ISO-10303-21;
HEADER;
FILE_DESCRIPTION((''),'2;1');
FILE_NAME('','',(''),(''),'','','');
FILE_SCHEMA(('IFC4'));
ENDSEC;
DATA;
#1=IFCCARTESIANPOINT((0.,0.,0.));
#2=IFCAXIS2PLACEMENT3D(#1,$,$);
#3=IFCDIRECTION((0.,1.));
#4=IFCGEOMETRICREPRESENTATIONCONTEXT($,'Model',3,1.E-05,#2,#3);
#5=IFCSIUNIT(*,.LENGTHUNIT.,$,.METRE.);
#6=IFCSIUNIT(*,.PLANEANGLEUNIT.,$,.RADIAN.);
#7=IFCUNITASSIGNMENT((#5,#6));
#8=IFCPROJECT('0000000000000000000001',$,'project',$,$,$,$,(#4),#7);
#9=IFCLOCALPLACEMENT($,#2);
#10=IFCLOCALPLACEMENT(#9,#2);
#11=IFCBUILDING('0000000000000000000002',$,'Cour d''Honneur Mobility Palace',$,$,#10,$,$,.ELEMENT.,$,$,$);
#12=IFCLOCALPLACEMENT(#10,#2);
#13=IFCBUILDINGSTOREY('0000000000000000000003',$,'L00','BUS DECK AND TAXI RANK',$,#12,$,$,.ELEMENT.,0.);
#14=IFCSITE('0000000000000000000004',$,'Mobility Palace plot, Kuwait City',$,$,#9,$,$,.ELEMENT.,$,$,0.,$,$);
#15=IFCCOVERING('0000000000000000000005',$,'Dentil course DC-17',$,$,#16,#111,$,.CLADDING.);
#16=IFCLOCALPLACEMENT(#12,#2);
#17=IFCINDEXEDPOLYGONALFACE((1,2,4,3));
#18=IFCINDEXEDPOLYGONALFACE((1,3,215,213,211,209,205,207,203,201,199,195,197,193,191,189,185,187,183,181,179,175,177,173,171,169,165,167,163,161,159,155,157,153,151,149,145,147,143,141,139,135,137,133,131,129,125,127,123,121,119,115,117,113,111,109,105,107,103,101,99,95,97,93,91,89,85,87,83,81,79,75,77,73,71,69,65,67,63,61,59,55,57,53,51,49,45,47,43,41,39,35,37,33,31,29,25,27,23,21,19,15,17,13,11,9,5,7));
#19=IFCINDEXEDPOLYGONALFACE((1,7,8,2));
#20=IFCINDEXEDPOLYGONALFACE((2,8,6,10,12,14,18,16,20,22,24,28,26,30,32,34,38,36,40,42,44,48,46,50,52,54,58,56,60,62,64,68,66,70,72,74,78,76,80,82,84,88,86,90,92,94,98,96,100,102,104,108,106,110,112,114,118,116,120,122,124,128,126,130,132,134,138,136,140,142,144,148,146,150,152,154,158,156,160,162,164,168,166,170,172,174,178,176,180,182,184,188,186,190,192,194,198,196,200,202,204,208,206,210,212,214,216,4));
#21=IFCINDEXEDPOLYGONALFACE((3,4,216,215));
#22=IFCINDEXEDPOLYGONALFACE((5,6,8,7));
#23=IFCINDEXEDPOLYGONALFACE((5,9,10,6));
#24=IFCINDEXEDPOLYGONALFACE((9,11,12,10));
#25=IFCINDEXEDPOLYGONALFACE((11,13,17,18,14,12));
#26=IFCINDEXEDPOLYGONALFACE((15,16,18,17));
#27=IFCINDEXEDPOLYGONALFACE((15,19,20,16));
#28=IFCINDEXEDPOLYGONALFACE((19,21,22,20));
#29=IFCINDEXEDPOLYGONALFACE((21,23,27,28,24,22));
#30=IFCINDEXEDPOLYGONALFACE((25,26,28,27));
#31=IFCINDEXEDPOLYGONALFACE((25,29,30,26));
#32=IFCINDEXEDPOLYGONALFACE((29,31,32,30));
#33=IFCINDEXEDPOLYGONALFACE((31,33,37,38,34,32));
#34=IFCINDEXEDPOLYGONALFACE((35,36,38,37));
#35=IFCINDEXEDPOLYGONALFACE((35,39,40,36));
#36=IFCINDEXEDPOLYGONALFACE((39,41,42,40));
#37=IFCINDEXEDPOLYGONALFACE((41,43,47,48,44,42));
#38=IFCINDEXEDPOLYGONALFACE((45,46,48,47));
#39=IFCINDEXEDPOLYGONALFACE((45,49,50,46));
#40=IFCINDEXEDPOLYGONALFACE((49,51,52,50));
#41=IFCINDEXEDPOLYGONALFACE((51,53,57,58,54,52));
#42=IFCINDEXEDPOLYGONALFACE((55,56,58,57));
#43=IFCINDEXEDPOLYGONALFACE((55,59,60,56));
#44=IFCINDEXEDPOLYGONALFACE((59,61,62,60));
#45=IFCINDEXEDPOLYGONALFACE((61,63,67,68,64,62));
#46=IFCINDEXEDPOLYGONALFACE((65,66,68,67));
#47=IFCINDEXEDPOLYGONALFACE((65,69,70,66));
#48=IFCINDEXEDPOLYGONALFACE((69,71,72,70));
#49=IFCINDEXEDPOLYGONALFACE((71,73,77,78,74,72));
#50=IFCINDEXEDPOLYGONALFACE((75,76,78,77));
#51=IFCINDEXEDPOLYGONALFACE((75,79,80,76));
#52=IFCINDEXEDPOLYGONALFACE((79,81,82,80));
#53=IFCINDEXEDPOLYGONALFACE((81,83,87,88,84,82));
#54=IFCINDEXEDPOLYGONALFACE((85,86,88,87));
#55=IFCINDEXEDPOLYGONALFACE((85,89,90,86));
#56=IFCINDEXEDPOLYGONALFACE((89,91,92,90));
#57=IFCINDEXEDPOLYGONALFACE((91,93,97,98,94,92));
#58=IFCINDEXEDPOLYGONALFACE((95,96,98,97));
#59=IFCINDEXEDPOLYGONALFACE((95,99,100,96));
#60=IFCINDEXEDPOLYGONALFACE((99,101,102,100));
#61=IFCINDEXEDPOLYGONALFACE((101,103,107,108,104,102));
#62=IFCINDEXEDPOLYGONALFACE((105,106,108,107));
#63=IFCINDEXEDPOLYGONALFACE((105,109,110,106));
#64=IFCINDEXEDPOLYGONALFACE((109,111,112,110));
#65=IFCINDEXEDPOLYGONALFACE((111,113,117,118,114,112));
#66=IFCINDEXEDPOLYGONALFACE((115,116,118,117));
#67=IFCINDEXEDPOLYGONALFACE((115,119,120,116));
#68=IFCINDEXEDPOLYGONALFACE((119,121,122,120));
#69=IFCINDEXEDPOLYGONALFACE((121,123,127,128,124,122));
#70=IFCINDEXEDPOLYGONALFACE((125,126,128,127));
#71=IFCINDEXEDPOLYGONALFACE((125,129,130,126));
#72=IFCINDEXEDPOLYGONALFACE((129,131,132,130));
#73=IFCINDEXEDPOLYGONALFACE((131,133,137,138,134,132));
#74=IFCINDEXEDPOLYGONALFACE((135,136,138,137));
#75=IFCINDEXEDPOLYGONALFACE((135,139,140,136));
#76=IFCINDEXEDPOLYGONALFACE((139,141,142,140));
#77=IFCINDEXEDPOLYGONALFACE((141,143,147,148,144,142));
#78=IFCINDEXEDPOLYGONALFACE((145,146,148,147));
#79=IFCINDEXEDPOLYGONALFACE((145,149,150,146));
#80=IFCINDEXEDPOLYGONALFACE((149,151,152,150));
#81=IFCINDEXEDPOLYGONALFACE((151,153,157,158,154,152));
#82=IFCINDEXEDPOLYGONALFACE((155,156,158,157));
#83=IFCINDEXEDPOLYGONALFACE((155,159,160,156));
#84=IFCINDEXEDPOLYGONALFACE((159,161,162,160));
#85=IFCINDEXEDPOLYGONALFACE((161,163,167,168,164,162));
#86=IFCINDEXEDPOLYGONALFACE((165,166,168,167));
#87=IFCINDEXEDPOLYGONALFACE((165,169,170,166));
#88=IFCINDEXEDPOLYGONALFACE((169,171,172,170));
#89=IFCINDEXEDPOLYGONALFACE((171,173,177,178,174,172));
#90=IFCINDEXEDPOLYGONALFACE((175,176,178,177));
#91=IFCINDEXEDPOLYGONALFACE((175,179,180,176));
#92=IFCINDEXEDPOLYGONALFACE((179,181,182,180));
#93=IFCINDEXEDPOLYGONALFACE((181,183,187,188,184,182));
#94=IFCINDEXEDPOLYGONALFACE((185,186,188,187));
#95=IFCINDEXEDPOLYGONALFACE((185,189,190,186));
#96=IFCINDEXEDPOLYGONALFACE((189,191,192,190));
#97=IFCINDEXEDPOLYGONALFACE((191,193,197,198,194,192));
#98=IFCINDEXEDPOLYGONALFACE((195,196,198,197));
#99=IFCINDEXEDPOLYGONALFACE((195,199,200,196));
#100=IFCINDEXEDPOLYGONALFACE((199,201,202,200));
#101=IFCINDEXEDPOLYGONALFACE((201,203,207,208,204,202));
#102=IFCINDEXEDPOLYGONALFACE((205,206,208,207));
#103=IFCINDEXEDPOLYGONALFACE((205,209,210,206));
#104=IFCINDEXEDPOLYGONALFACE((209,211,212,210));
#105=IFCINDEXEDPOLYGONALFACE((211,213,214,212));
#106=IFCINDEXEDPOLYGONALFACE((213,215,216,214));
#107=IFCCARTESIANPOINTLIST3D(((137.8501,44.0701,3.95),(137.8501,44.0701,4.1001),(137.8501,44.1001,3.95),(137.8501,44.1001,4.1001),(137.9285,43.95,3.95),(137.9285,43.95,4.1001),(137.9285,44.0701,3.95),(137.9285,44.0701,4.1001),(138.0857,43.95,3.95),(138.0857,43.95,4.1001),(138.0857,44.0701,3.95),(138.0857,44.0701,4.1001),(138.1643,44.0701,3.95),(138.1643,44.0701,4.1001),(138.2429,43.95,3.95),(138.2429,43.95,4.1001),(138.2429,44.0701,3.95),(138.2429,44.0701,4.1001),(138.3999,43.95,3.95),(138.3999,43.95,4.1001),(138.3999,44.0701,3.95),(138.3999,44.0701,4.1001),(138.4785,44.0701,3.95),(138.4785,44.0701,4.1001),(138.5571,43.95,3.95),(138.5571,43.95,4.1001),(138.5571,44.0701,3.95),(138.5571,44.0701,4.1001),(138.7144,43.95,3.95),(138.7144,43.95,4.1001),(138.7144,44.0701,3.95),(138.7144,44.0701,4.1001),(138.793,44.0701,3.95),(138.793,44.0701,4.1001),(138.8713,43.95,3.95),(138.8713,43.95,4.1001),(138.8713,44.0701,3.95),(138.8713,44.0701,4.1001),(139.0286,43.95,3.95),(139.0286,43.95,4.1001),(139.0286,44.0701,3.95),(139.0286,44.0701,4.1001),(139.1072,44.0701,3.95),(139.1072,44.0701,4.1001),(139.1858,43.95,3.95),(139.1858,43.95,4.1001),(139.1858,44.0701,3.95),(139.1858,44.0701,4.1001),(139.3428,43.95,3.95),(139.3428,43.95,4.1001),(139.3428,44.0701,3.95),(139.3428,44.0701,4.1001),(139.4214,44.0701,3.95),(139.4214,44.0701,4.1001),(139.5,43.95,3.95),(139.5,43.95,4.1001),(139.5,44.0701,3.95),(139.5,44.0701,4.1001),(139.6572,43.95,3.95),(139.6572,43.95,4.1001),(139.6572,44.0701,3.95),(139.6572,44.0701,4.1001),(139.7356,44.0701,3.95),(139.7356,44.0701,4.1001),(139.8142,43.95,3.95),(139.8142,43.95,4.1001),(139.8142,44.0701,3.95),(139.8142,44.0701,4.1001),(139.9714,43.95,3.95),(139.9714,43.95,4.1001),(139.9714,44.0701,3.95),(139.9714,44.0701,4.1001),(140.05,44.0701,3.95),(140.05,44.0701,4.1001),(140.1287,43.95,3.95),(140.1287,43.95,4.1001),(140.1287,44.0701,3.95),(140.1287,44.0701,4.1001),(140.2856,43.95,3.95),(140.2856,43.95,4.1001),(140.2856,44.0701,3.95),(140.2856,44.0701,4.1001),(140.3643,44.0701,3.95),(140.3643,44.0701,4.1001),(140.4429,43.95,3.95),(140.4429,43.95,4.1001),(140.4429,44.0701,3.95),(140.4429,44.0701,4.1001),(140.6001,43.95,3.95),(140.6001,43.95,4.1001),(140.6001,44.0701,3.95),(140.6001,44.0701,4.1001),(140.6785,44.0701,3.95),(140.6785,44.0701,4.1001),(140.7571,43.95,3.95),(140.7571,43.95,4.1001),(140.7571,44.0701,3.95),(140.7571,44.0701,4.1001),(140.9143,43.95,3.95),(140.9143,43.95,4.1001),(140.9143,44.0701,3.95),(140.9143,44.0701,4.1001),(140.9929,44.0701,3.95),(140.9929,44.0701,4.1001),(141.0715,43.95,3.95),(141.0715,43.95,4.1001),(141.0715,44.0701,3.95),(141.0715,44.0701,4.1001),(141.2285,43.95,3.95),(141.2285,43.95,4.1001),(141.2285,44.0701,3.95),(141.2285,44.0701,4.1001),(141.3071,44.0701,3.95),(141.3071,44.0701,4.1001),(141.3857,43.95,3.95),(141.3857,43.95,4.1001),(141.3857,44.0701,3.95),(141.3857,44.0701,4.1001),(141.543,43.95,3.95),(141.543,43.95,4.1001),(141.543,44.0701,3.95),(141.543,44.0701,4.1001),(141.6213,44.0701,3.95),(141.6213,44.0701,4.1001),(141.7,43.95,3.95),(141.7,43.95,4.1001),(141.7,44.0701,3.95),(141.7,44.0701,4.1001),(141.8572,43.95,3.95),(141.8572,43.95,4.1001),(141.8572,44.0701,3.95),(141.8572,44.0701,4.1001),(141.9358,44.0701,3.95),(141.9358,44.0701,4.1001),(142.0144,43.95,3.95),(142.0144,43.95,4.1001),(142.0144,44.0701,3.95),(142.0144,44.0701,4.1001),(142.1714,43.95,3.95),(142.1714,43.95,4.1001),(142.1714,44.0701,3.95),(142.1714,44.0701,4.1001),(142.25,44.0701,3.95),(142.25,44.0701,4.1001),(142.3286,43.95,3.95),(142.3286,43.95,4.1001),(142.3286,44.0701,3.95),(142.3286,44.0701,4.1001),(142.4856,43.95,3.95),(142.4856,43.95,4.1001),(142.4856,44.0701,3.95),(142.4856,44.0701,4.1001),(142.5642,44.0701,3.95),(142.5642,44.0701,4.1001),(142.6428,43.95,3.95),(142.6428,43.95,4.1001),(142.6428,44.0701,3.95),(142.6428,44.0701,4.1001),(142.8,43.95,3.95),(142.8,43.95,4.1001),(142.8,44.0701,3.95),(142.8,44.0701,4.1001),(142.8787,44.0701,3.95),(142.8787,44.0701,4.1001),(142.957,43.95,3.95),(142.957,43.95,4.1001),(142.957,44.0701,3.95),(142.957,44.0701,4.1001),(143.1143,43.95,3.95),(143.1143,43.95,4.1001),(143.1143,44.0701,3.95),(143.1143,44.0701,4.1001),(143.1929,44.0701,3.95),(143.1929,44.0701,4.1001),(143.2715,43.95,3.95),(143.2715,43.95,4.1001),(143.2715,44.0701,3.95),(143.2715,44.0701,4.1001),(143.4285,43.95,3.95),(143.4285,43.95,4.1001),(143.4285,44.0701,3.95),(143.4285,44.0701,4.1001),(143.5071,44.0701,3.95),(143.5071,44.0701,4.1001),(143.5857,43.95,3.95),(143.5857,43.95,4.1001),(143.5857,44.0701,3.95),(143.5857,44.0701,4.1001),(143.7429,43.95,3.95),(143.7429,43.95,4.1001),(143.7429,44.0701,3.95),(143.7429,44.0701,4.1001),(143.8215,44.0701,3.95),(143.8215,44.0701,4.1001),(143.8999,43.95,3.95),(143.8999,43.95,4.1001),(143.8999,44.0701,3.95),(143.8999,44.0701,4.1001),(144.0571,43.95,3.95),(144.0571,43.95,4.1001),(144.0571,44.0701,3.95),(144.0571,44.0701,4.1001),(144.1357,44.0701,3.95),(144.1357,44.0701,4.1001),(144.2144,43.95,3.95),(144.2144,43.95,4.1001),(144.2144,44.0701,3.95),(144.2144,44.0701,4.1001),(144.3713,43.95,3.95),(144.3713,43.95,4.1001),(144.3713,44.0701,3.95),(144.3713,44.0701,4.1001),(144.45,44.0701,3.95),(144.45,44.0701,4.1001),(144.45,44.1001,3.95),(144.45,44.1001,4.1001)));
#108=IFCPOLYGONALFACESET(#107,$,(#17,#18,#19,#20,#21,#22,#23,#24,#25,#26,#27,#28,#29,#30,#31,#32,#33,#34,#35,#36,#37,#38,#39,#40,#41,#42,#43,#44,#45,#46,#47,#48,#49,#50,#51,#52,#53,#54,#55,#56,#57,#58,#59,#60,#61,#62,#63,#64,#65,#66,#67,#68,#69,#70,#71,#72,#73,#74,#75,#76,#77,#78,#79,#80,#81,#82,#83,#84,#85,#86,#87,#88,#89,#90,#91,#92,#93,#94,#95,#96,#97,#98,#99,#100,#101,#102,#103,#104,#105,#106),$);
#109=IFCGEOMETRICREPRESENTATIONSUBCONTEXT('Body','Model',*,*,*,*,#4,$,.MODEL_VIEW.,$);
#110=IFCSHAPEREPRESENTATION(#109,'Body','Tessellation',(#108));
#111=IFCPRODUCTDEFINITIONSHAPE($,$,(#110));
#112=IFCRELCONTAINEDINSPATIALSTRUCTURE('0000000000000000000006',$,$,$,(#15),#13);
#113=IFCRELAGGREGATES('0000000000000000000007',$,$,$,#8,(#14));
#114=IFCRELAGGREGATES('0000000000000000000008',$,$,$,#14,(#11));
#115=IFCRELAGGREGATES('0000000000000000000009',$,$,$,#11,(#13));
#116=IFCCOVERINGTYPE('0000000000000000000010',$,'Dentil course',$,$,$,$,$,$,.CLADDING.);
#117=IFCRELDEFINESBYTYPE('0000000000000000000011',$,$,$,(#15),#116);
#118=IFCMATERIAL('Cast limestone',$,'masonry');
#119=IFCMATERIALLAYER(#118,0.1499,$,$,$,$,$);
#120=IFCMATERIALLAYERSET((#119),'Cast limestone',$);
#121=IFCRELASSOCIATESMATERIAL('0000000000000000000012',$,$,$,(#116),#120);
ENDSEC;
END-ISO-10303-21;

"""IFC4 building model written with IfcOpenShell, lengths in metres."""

from ifc_helpers import new_model, si_unit, direction, frame, origin, place, context, subcontext, project, spatial, polyline, outline, extrude, material, layer, layer_set, type_object, element, save


model = new_model("IFC4")

# Units and contexts
model_context = context("Model", 3, precision=1e-05, world=origin(), true_north=direction((0.0, 1.0)))
body_context = subcontext(model_context, "Body", "Model", "MODEL_VIEW")
ifc_project = project(units=[si_unit("LENGTHUNIT", "METRE"), si_unit("PLANEANGLEUNIT", "RADIAN")], contexts=[model_context])

# Site, building, storey
site_placement = place(None, origin())
site = spatial("IfcSite", under=ifc_project, at=site_placement, Name="Mobility Palace plot, Kuwait City", CompositionType="ELEMENT", RefElevation=0.0)
building_placement = place(site_placement, origin())
building = spatial("IfcBuilding", under=site, at=building_placement, Name="Cour d'Honneur Mobility Palace", CompositionType="ELEMENT")
storey_placement = place(building_placement, origin())
storey = spatial("IfcBuildingStorey", under=building, at=storey_placement, Name="L00", Description="BUS DECK AND TAXI RANK", CompositionType="ELEMENT", Elevation=0.0)

# Covering
ifc_material = material(Name="Cast limestone", Category="masonry")
ifc_layer = layer(ifc_material, 0.1499)
ifc_layer_set = layer_set([ifc_layer], Name="Cast limestone")
covering_type = type_object("IfcCoveringType", Name="Dentil course", PredefinedType="CLADDING", material=ifc_layer_set)
covering_1_placement = place(storey_placement, frame((0.0, 0.0, 3.95)))
element("IfcCovering", 1, at=covering_1_placement, inside=storey, type_object=covering_type, Name="Dentil course DC-17", PredefinedType="CLADDING", context=body_context, shape_type="SweptSolid", body=[
    extrude(outline(polyline([(137.8501, 44.1001), (144.45, 44.1001), (144.45, 44.0701), (144.45, 44.0701), (144.3713, 44.0701), (144.3713, 43.95), (144.2144, 43.95), (144.2144, 44.0701), (144.1357, 44.0701), (144.1357, 44.0701), (144.0571, 44.0701), (144.0571, 43.95), (143.8999, 43.95), (143.8999, 44.0701), (143.8215, 44.0701), (143.8215, 44.0701), (143.7429, 44.0701), (143.7429, 43.95), (143.5857, 43.95), (143.5857, 44.0701), (143.5071, 44.0701), (143.5071, 44.0701), (143.4285, 44.0701), (143.4285, 43.95), (143.2715, 43.95), (143.2715, 44.0701), (143.1929, 44.0701), (143.1929, 44.0701), (143.1143, 44.0701), (143.1143, 43.95), (142.957, 43.95), (142.957, 44.0701), (142.8787, 44.0701), (142.8787, 44.0701), (142.8, 44.0701), (142.8, 43.95), (142.6428, 43.95), (142.6428, 44.0701), (142.5642, 44.0701), (142.5642, 44.0701), (142.4856, 44.0701), (142.4856, 43.95), (142.3286, 43.95), (142.3286, 44.0701), (142.25, 44.0701), (142.25, 44.0701), (142.1714, 44.0701), (142.1714, 43.95), (142.0144, 43.95), (142.0144, 44.0701), (141.9358, 44.0701), (141.9358, 44.0701), (141.8572, 44.0701), (141.8572, 43.95), (141.7, 43.95), (141.7, 44.0701), (141.6213, 44.0701), (141.6213, 44.0701), (141.543, 44.0701), (141.543, 43.95), (141.3857, 43.95), (141.3857, 44.0701), (141.3071, 44.0701), (141.3071, 44.0701), (141.2285, 44.0701), (141.2285, 43.95), (141.0715, 43.95), (141.0715, 44.0701), (140.9929, 44.0701), (140.9929, 44.0701), (140.9143, 44.0701), (140.9143, 43.95), (140.7571, 43.95), (140.7571, 44.0701), (140.6785, 44.0701), (140.6785, 44.0701), (140.6001, 44.0701), (140.6001, 43.95), (140.4429, 43.95), (140.4429, 44.0701), (140.3643, 44.0701), (140.3643, 44.0701), (140.2856, 44.0701), (140.2856, 43.95), (140.1287, 43.95), (140.1287, 44.0701), (140.05, 44.0701), (140.05, 44.0701), (139.9714, 44.0701), (139.9714, 43.95), (139.8142, 43.95), (139.8142, 44.0701), (139.7356, 44.0701), (139.7356, 44.0701), (139.6572, 44.0701), (139.6572, 43.95), (139.5, 43.95), (139.5, 44.0701), (139.4214, 44.0701), (139.4214, 44.0701), (139.3428, 44.0701), (139.3428, 43.95), (139.1858, 43.95), (139.1858, 44.0701), (139.1072, 44.0701), (139.1072, 44.0701), (139.0286, 44.0701), (139.0286, 43.95), (138.8713, 43.95), (138.8713, 44.0701), (138.793, 44.0701), (138.793, 44.0701), (138.7144, 44.0701), (138.7144, 43.95), (138.5571, 43.95), (138.5571, 44.0701), (138.4785, 44.0701), (138.4785, 44.0701), (138.3999, 44.0701), (138.3999, 43.95), (138.2429, 43.95), (138.2429, 44.0701), (138.1643, 44.0701), (138.1643, 44.0701), (138.0857, 44.0701), (138.0857, 43.95), (137.9285, 43.95), (137.9285, 44.0701), (137.8501, 44.0701), (137.8501, 44.1001)])), origin(), (0.0, 0.0, 1.0), 0.1501),
])

save(model, "model.ifc")
